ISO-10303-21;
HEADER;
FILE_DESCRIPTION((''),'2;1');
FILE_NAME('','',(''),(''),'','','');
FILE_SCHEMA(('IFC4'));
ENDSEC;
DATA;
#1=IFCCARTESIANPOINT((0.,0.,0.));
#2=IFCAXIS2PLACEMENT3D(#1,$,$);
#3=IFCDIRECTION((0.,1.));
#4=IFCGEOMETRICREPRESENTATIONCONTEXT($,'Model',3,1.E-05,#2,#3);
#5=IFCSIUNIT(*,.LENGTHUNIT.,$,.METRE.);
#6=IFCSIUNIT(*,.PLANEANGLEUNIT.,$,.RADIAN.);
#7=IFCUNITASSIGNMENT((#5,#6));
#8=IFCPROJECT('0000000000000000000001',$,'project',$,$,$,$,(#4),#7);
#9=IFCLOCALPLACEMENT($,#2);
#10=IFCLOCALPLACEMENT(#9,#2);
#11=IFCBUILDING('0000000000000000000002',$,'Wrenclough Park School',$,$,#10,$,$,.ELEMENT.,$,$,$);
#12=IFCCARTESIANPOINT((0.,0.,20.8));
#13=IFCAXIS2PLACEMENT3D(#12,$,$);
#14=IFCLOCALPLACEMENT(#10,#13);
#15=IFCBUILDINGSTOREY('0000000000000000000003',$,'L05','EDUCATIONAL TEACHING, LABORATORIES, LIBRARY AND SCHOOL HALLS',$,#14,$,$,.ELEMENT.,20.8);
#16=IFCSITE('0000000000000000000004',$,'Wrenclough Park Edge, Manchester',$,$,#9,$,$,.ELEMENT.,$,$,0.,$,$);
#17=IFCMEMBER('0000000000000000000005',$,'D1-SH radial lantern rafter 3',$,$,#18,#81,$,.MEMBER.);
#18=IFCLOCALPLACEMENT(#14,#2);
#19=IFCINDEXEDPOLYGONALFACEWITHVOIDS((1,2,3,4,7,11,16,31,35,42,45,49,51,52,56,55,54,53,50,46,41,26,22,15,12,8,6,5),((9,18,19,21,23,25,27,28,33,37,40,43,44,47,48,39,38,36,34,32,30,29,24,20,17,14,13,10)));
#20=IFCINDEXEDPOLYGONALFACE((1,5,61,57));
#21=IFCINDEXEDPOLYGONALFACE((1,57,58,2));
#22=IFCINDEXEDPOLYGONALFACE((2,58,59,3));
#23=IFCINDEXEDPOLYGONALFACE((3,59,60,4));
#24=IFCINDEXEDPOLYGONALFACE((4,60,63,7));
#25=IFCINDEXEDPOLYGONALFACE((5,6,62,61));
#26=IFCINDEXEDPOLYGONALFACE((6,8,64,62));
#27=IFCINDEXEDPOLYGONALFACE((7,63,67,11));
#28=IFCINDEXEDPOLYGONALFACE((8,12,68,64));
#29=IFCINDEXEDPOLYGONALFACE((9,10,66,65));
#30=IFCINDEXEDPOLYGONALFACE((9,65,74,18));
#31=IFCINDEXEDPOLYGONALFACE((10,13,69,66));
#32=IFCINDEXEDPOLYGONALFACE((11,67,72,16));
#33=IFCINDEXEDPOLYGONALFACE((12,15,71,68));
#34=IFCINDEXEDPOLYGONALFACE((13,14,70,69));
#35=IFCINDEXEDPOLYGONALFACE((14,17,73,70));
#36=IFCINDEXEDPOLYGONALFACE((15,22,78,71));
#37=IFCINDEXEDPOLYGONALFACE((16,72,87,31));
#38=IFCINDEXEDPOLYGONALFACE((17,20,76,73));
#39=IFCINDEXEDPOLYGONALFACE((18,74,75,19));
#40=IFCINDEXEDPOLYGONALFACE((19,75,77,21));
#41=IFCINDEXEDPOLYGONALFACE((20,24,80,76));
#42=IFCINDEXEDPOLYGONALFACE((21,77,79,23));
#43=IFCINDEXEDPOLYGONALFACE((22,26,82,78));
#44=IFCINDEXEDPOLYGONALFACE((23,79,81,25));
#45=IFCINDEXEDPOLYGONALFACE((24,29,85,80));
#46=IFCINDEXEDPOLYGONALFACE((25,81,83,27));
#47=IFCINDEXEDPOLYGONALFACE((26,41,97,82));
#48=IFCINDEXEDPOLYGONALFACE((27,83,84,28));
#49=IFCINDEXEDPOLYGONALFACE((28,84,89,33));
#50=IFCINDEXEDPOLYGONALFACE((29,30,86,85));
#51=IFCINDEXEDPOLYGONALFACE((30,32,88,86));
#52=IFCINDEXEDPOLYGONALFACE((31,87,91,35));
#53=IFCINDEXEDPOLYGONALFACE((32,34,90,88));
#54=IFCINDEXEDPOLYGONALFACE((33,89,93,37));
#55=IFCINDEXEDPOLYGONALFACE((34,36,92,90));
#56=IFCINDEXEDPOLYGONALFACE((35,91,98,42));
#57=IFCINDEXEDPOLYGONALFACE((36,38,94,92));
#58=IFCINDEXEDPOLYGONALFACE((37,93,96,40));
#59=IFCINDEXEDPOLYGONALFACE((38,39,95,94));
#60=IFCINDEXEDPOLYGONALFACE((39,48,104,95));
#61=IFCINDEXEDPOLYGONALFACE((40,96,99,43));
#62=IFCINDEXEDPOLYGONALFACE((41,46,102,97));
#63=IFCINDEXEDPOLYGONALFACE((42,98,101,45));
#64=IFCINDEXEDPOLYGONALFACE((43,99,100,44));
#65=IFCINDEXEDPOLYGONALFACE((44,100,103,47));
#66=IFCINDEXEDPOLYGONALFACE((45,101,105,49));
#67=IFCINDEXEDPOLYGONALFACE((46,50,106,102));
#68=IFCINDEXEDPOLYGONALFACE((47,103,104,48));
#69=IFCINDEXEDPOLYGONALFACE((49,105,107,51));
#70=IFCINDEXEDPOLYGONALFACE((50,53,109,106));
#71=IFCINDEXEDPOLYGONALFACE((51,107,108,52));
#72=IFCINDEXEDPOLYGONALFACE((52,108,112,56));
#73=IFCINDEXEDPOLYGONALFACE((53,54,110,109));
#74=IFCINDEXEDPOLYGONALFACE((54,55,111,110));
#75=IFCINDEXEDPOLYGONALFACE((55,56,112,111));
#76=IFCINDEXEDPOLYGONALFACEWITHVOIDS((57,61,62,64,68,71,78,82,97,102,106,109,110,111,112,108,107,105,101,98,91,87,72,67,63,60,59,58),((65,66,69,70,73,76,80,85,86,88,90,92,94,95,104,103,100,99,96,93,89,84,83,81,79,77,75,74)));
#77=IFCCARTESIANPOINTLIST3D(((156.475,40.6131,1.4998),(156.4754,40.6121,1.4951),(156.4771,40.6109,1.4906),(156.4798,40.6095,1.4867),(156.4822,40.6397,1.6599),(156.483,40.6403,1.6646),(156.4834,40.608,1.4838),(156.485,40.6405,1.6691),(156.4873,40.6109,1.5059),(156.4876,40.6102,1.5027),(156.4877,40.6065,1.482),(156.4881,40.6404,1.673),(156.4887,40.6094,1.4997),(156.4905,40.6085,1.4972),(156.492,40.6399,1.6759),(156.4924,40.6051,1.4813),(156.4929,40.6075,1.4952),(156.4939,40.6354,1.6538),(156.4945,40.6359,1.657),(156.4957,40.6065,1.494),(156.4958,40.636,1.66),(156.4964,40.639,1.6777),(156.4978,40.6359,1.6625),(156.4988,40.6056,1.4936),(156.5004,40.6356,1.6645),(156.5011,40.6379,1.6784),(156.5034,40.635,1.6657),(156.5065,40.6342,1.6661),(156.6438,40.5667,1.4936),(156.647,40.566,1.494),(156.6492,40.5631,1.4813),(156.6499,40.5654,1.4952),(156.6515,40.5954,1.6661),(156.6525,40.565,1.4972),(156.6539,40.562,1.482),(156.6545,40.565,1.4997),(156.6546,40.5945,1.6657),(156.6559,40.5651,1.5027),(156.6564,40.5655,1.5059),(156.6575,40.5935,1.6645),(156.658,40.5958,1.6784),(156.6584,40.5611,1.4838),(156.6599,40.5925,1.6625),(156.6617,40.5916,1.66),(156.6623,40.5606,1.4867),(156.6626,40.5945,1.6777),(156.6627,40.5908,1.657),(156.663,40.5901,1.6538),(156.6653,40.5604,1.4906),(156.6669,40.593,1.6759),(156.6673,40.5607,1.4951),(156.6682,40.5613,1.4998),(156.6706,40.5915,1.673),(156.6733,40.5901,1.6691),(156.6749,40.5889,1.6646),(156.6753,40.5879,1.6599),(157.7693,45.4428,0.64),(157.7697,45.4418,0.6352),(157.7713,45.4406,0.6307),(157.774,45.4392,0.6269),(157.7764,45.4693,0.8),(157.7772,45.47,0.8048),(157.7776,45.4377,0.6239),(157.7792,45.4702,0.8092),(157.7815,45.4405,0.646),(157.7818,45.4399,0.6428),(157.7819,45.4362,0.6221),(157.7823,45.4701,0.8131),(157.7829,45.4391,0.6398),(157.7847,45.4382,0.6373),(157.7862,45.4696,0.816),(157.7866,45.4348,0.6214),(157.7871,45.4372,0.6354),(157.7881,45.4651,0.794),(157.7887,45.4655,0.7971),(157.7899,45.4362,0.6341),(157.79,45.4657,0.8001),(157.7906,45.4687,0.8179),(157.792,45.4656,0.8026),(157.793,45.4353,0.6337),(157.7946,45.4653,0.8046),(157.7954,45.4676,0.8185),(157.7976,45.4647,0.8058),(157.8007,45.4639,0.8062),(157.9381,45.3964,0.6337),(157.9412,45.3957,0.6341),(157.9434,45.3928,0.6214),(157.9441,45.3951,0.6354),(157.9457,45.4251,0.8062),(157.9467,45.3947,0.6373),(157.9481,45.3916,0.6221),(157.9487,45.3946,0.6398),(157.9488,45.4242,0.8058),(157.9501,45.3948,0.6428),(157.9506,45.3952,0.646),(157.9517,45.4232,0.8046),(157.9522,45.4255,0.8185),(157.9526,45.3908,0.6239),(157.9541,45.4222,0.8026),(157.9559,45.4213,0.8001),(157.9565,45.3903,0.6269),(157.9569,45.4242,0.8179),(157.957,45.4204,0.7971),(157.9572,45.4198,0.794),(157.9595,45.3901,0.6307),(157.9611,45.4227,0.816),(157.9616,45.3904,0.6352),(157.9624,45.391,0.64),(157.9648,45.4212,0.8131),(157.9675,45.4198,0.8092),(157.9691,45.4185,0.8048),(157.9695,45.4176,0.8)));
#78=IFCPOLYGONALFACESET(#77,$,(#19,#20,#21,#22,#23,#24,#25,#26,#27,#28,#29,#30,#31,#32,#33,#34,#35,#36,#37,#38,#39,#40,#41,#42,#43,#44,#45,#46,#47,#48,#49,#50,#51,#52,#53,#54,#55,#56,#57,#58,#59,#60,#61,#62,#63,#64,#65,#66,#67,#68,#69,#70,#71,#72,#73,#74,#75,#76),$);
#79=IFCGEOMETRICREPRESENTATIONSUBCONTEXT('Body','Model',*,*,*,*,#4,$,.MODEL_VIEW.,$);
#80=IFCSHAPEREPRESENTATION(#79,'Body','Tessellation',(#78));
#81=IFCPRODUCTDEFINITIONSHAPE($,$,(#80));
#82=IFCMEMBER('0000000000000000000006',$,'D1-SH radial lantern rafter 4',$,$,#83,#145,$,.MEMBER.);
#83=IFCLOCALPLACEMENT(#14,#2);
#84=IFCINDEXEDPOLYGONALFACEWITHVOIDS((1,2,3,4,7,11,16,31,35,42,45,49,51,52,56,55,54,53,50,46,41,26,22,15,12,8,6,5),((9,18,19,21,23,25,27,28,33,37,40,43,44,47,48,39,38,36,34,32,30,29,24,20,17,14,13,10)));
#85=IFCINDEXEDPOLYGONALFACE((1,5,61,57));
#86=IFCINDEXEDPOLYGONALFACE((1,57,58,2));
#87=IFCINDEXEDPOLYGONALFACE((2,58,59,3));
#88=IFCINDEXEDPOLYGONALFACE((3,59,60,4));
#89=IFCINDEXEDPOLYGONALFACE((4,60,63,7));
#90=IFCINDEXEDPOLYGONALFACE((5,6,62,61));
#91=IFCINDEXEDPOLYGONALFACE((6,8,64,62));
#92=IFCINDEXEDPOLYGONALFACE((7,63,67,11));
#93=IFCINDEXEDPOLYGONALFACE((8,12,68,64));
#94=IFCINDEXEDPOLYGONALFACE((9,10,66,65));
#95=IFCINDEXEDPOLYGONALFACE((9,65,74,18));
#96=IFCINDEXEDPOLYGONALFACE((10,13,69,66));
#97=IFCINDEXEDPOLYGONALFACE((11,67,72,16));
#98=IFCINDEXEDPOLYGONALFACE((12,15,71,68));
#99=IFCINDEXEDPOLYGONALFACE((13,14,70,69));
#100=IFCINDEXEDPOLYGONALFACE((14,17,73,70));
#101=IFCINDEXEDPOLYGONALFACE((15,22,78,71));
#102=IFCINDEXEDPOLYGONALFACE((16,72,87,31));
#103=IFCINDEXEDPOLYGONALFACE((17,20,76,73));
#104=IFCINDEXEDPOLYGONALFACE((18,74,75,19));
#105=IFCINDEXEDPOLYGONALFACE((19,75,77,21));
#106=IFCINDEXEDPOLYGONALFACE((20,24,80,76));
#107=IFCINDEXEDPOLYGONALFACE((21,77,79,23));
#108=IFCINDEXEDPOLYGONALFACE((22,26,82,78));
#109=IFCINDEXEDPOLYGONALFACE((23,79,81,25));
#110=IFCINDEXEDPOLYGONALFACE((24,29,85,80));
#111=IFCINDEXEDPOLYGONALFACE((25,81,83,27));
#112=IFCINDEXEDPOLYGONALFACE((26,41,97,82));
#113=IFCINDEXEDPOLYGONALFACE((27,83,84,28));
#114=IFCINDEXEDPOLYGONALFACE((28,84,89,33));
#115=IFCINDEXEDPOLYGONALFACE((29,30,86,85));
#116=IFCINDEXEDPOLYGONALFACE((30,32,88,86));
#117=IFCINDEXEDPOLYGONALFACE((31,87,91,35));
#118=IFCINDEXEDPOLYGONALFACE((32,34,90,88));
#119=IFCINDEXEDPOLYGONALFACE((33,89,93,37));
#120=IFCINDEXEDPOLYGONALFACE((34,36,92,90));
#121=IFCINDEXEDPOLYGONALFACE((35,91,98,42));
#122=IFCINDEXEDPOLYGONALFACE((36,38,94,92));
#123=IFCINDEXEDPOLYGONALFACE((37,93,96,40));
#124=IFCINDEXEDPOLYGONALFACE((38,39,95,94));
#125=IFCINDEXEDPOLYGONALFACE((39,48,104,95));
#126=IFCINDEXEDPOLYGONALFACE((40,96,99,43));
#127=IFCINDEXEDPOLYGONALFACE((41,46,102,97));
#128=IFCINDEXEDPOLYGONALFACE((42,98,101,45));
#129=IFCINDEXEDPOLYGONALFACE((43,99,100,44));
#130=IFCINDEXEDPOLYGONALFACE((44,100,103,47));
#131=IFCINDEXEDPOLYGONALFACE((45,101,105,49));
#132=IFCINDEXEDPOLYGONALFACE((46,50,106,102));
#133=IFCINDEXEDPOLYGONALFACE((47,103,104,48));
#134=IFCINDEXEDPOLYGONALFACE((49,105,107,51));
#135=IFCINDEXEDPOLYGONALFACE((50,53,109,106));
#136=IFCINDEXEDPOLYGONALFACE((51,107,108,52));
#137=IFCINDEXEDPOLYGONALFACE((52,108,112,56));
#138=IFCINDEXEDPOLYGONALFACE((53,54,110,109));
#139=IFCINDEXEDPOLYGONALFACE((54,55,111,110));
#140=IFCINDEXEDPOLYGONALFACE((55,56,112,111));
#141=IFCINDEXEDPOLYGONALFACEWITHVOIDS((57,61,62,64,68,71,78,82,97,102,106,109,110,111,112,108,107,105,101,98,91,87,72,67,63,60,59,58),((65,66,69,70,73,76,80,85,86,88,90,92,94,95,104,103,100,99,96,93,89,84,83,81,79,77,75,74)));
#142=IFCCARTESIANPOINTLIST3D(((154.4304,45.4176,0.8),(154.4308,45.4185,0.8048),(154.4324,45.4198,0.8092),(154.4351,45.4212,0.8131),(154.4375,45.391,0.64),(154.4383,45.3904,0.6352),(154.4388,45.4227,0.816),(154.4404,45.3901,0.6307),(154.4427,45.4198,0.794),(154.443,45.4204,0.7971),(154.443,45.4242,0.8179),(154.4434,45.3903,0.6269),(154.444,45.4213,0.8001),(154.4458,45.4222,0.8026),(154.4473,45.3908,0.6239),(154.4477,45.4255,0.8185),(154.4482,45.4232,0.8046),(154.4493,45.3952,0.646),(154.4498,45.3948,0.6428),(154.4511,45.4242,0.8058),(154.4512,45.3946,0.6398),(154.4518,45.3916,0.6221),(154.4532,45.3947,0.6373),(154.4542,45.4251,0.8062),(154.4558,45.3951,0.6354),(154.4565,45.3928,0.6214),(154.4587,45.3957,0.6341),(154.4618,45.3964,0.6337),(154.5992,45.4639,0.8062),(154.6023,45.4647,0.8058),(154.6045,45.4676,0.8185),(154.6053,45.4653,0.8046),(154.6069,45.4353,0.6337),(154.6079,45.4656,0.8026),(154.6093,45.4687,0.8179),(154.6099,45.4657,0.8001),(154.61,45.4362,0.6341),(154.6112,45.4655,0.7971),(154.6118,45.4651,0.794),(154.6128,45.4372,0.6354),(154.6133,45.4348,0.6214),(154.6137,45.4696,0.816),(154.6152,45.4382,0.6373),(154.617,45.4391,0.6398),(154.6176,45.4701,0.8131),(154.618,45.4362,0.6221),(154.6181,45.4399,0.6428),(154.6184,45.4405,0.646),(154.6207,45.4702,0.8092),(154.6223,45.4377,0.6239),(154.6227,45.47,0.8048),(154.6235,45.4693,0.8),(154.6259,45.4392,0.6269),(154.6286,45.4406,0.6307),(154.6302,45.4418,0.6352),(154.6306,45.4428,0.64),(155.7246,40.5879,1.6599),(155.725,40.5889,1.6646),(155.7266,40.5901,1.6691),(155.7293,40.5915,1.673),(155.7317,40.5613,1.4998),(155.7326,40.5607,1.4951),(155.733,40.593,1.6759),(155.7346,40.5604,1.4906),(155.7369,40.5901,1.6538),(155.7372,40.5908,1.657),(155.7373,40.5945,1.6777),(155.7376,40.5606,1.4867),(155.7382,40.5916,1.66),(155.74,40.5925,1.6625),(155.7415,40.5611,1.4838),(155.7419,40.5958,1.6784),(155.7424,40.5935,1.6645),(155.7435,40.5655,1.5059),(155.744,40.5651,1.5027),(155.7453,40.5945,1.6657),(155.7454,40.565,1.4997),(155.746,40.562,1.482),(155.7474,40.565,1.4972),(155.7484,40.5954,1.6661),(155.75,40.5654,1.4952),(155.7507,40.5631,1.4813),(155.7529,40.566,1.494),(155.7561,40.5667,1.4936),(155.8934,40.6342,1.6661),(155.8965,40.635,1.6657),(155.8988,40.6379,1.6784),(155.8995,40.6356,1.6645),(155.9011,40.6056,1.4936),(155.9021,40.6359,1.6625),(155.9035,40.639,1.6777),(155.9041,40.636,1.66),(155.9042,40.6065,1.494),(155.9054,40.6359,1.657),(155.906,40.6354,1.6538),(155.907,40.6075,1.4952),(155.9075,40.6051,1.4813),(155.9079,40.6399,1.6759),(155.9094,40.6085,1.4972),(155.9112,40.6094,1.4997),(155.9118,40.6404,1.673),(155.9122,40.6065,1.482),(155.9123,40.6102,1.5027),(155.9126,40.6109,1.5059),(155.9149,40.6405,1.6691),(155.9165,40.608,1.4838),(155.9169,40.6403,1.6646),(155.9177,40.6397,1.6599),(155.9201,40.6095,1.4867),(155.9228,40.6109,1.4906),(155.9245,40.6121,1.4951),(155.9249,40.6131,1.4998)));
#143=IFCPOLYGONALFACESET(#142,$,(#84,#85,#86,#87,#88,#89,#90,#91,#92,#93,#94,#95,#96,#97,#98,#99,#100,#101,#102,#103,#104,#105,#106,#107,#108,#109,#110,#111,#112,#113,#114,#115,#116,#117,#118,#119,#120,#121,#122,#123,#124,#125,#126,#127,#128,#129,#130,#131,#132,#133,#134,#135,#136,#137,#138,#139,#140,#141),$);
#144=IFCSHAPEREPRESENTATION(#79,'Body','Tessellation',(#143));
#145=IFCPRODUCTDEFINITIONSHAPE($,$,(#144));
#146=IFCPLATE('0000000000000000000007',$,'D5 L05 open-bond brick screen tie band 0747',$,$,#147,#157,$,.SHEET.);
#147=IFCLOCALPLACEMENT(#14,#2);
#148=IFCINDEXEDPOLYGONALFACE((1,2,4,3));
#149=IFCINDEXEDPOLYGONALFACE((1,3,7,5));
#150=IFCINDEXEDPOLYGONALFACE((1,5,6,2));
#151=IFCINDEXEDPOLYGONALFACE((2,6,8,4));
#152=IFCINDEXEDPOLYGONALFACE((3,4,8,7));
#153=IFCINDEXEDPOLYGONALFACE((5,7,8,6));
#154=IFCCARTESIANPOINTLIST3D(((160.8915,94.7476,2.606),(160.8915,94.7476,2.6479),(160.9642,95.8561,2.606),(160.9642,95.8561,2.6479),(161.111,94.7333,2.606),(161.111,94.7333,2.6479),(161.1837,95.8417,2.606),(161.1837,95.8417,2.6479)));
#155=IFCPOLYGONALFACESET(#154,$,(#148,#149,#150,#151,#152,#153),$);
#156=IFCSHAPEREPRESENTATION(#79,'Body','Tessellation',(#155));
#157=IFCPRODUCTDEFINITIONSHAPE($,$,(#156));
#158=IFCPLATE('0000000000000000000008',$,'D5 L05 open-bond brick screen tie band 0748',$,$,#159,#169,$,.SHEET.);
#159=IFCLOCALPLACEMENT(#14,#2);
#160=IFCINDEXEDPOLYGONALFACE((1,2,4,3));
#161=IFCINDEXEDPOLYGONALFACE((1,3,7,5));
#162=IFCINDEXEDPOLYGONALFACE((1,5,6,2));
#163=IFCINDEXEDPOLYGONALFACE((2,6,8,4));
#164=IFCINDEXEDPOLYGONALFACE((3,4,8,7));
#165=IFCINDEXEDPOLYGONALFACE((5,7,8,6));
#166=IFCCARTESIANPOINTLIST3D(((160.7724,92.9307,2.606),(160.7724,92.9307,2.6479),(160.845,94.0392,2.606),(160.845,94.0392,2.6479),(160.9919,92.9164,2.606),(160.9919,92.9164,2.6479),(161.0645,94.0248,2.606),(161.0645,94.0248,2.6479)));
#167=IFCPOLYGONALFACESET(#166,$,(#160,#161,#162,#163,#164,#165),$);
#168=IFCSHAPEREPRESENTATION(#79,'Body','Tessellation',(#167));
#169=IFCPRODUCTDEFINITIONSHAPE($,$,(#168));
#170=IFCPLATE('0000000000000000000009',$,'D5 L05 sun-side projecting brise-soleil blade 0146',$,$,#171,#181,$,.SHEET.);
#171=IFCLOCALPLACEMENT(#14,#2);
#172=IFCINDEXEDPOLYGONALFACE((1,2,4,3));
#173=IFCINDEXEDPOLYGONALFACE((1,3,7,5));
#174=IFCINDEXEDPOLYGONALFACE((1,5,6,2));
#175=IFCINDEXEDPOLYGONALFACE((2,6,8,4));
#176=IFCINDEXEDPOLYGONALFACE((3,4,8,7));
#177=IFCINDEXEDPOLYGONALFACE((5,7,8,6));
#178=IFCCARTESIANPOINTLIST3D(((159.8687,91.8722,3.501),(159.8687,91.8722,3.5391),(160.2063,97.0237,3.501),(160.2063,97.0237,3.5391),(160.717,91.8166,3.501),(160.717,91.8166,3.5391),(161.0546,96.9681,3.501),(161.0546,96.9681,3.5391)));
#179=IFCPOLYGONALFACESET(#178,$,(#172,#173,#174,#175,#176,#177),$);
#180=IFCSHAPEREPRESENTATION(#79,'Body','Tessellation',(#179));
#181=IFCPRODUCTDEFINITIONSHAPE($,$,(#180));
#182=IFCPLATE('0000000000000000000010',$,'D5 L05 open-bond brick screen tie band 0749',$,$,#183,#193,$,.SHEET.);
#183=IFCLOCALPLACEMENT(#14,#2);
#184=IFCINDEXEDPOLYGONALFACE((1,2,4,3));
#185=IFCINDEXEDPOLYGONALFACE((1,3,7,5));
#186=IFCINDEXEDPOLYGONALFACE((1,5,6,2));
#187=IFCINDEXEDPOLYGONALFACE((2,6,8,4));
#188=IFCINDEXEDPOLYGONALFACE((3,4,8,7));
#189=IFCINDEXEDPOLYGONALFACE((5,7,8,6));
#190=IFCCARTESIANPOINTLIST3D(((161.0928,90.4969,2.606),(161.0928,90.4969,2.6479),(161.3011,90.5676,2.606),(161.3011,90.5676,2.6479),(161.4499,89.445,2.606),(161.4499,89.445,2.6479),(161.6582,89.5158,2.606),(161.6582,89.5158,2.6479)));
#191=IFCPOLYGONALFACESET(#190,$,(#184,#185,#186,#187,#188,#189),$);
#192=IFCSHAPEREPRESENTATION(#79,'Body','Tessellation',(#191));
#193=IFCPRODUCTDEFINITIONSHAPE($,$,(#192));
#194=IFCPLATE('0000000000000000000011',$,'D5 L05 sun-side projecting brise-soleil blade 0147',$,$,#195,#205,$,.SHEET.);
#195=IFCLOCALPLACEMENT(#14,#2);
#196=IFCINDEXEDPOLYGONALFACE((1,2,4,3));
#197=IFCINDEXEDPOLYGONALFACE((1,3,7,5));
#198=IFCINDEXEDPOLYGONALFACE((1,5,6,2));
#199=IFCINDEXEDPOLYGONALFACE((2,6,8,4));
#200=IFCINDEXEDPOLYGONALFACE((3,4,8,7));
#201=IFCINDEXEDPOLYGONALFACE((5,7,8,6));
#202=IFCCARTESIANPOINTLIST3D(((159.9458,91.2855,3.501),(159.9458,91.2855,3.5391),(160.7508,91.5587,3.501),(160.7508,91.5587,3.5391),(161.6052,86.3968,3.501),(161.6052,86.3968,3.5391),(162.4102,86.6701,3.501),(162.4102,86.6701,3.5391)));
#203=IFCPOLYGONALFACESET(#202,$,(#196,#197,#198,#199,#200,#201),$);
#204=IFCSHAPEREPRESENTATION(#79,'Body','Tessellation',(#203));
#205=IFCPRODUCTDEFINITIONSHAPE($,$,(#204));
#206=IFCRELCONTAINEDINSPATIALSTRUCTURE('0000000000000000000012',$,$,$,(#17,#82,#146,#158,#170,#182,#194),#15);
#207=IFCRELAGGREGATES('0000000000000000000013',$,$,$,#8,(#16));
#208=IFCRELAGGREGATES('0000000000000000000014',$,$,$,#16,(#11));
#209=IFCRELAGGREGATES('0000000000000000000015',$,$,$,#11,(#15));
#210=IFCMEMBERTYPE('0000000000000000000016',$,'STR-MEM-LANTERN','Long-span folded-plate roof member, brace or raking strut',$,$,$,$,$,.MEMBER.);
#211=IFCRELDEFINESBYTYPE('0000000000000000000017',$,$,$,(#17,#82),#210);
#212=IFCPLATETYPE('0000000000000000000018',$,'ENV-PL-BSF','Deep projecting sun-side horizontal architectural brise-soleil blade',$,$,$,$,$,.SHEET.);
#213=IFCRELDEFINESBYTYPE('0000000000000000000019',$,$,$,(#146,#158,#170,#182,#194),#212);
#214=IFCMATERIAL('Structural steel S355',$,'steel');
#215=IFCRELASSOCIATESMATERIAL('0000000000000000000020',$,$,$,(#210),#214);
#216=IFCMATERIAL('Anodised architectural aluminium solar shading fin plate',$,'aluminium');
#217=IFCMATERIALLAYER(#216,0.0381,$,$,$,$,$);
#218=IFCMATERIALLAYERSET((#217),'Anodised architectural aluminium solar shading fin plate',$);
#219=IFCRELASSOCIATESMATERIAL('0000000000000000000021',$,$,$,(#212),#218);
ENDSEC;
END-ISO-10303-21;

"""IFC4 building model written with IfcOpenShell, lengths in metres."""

from ifc_helpers import new_model, si_unit, direction, frame, origin, origin_2d, place, context, subcontext, project, spatial, rectangle, hollow_rectangle, extrude, material, layer, layer_set, material_profile, profile_set, type_object, element, save


model = new_model("IFC4")

# Units and contexts
model_context = context("Model", 3, precision=1e-05, world=origin(), true_north=direction((0.0, 1.0)))
body_context = subcontext(model_context, "Body", "Model", "MODEL_VIEW")
ifc_project = project(units=[si_unit("LENGTHUNIT", "METRE"), si_unit("PLANEANGLEUNIT", "RADIAN")], contexts=[model_context])

# Site, building, storey
site_placement = place(None, origin())
site = spatial("IfcSite", under=ifc_project, at=site_placement, Name="Wrenclough Park Edge, Manchester", CompositionType="ELEMENT", RefElevation=0.0)
building_placement = place(site_placement, origin())
building = spatial("IfcBuilding", under=site, at=building_placement, Name="Wrenclough Park School", CompositionType="ELEMENT")
storey_placement = place(building_placement, frame((0.0, 0.0, 20.8)))
storey = spatial("IfcBuildingStorey", under=building, at=storey_placement, Name="L05", Description="EDUCATIONAL TEACHING, LABORATORIES, LIBRARY AND SCHOOL HALLS", CompositionType="ELEMENT", Elevation=20.8)

# Shared definitions
ifc_material_1 = material(Name="Structural steel S355", Category="steel")

# Members
ifc_material_profile_1 = material_profile(ifc_material_1, hollow_rectangle(XDim=0.2, YDim=0.2, WallThickness=0.0125, InnerFilletRadius=0.0125, OuterFilletRadius=0.0188, at=origin_2d()), Name="SHS 200x200x12.5")
ifc_profile_set_1 = profile_set([ifc_material_profile_1], Name="Structural steel S355")
member_type = type_object("IfcMemberType", Name="STR-MEM-LANTERN", Description="Long-span folded-plate roof member, brace or raking strut", PredefinedType="MEMBER", material=ifc_profile_set_1)
for number, where, z_axis, x_axis, name in (
    (1, (157.8694, 45.4302, 0.72), (-0.255094, -0.951946, 0.169485), (0.965921, -0.258839, 0.0), "D1-SH radial lantern rafter 3"),
    (2, (154.5305, 45.4302, 0.72), (0.255094, -0.951946, 0.169485), (0.965921, 0.258839, 0.0), "D1-SH radial lantern rafter 4"),
):
    element("IfcMember", number, at=place(storey_placement, frame(where, z_axis=z_axis, x_axis=x_axis)), inside=storey, type_object=member_type, Name=name, PredefinedType="MEMBER", context=body_context, shape_type="SweptSolid", body=[
        extrude(hollow_rectangle(XDim=0.2, YDim=0.2, WallThickness=0.0125, InnerFilletRadius=0.0125, OuterFilletRadius=0.0188, at=origin_2d()), origin(), (0.0, 0.0, 1.0), 5.0735),
    ])

# Plates
ifc_material_2 = material(Name="Anodised architectural aluminium solar shading fin plate", Category="aluminium")
ifc_layer_1 = layer(ifc_material_2, 0.0381)
ifc_layer_set_1 = layer_set([ifc_layer_1], Name="Anodised architectural aluminium solar shading fin plate")
plate_type = type_object("IfcPlateType", Name="ENV-PL-BSF", Description="Deep projecting sun-side horizontal architectural brise-soleil blade", PredefinedType="SHEET", material=ifc_layer_set_1)
for number, where, z_axis, x_axis, name in (
    (3, (161.0376, 95.2947, 2.606), (0.0, 0.0, 1.0), (-0.06539, -0.99786, 0.0), "D5 L05 open-bond brick screen tie band 0747"),
    (4, (160.9185, 93.4778, 2.606), (0.0, 0.0, 1.0), (-0.06539, -0.99786, 0.0), "D5 L05 open-bond brick screen tie band 0748"),
):
    element("IfcPlate", number, at=place(storey_placement, frame(where, z_axis=z_axis, x_axis=x_axis)), inside=storey, type_object=plate_type, Name=name, PredefinedType="SHEET", context=body_context, shape_type="SweptSolid", body=[
        extrude(rectangle(XDim=1.1108, YDim=0.22, at=origin_2d()), origin(), (0.0, 0.0, 1.0), 0.042),
    ])
plate_1_placement = place(storey_placement, frame((160.4617, 94.4202, 3.501), z_axis=(0.0, 0.0, 1.0), x_axis=(-0.06539, -0.99786, 0.0)))
element("IfcPlate", 5, at=plate_1_placement, inside=storey, type_object=plate_type, Name="D5 L05 sun-side projecting brise-soleil blade 0146", PredefinedType="SHEET", context=body_context, shape_type="SweptSolid", body=[
    extrude(rectangle(XDim=5.1626, YDim=0.8501, at=origin_2d()), origin(), (0.0, 0.0, 1.0), 0.0381),
])
plate_2_placement = place(storey_placement, frame((161.3755, 90.0063, 2.606), z_axis=(0.0, 0.0, 1.0), x_axis=(0.321429, -0.946934, 0.0)))
element("IfcPlate", 6, at=plate_2_placement, inside=storey, type_object=plate_type, Name="D5 L05 open-bond brick screen tie band 0749", PredefinedType="SHEET", context=body_context, shape_type="SweptSolid", body=[
    extrude(rectangle(XDim=1.1108, YDim=0.22, at=origin_2d()), origin(), (0.0, 0.0, 1.0), 0.042),
])
plate_3_placement = place(storey_placement, frame((161.178, 88.9778, 3.501), z_axis=(0.0, 0.0, 1.0), x_axis=(0.321429, -0.946934, 0.0)))
element("IfcPlate", 7, at=plate_3_placement, inside=storey, type_object=plate_type, Name="D5 L05 sun-side projecting brise-soleil blade 0147", PredefinedType="SHEET", context=body_context, shape_type="SweptSolid", body=[
    extrude(rectangle(XDim=5.1626, YDim=0.8501, at=origin_2d()), origin(), (0.0, 0.0, 1.0), 0.0381),
])

save(model, "model.ifc")
